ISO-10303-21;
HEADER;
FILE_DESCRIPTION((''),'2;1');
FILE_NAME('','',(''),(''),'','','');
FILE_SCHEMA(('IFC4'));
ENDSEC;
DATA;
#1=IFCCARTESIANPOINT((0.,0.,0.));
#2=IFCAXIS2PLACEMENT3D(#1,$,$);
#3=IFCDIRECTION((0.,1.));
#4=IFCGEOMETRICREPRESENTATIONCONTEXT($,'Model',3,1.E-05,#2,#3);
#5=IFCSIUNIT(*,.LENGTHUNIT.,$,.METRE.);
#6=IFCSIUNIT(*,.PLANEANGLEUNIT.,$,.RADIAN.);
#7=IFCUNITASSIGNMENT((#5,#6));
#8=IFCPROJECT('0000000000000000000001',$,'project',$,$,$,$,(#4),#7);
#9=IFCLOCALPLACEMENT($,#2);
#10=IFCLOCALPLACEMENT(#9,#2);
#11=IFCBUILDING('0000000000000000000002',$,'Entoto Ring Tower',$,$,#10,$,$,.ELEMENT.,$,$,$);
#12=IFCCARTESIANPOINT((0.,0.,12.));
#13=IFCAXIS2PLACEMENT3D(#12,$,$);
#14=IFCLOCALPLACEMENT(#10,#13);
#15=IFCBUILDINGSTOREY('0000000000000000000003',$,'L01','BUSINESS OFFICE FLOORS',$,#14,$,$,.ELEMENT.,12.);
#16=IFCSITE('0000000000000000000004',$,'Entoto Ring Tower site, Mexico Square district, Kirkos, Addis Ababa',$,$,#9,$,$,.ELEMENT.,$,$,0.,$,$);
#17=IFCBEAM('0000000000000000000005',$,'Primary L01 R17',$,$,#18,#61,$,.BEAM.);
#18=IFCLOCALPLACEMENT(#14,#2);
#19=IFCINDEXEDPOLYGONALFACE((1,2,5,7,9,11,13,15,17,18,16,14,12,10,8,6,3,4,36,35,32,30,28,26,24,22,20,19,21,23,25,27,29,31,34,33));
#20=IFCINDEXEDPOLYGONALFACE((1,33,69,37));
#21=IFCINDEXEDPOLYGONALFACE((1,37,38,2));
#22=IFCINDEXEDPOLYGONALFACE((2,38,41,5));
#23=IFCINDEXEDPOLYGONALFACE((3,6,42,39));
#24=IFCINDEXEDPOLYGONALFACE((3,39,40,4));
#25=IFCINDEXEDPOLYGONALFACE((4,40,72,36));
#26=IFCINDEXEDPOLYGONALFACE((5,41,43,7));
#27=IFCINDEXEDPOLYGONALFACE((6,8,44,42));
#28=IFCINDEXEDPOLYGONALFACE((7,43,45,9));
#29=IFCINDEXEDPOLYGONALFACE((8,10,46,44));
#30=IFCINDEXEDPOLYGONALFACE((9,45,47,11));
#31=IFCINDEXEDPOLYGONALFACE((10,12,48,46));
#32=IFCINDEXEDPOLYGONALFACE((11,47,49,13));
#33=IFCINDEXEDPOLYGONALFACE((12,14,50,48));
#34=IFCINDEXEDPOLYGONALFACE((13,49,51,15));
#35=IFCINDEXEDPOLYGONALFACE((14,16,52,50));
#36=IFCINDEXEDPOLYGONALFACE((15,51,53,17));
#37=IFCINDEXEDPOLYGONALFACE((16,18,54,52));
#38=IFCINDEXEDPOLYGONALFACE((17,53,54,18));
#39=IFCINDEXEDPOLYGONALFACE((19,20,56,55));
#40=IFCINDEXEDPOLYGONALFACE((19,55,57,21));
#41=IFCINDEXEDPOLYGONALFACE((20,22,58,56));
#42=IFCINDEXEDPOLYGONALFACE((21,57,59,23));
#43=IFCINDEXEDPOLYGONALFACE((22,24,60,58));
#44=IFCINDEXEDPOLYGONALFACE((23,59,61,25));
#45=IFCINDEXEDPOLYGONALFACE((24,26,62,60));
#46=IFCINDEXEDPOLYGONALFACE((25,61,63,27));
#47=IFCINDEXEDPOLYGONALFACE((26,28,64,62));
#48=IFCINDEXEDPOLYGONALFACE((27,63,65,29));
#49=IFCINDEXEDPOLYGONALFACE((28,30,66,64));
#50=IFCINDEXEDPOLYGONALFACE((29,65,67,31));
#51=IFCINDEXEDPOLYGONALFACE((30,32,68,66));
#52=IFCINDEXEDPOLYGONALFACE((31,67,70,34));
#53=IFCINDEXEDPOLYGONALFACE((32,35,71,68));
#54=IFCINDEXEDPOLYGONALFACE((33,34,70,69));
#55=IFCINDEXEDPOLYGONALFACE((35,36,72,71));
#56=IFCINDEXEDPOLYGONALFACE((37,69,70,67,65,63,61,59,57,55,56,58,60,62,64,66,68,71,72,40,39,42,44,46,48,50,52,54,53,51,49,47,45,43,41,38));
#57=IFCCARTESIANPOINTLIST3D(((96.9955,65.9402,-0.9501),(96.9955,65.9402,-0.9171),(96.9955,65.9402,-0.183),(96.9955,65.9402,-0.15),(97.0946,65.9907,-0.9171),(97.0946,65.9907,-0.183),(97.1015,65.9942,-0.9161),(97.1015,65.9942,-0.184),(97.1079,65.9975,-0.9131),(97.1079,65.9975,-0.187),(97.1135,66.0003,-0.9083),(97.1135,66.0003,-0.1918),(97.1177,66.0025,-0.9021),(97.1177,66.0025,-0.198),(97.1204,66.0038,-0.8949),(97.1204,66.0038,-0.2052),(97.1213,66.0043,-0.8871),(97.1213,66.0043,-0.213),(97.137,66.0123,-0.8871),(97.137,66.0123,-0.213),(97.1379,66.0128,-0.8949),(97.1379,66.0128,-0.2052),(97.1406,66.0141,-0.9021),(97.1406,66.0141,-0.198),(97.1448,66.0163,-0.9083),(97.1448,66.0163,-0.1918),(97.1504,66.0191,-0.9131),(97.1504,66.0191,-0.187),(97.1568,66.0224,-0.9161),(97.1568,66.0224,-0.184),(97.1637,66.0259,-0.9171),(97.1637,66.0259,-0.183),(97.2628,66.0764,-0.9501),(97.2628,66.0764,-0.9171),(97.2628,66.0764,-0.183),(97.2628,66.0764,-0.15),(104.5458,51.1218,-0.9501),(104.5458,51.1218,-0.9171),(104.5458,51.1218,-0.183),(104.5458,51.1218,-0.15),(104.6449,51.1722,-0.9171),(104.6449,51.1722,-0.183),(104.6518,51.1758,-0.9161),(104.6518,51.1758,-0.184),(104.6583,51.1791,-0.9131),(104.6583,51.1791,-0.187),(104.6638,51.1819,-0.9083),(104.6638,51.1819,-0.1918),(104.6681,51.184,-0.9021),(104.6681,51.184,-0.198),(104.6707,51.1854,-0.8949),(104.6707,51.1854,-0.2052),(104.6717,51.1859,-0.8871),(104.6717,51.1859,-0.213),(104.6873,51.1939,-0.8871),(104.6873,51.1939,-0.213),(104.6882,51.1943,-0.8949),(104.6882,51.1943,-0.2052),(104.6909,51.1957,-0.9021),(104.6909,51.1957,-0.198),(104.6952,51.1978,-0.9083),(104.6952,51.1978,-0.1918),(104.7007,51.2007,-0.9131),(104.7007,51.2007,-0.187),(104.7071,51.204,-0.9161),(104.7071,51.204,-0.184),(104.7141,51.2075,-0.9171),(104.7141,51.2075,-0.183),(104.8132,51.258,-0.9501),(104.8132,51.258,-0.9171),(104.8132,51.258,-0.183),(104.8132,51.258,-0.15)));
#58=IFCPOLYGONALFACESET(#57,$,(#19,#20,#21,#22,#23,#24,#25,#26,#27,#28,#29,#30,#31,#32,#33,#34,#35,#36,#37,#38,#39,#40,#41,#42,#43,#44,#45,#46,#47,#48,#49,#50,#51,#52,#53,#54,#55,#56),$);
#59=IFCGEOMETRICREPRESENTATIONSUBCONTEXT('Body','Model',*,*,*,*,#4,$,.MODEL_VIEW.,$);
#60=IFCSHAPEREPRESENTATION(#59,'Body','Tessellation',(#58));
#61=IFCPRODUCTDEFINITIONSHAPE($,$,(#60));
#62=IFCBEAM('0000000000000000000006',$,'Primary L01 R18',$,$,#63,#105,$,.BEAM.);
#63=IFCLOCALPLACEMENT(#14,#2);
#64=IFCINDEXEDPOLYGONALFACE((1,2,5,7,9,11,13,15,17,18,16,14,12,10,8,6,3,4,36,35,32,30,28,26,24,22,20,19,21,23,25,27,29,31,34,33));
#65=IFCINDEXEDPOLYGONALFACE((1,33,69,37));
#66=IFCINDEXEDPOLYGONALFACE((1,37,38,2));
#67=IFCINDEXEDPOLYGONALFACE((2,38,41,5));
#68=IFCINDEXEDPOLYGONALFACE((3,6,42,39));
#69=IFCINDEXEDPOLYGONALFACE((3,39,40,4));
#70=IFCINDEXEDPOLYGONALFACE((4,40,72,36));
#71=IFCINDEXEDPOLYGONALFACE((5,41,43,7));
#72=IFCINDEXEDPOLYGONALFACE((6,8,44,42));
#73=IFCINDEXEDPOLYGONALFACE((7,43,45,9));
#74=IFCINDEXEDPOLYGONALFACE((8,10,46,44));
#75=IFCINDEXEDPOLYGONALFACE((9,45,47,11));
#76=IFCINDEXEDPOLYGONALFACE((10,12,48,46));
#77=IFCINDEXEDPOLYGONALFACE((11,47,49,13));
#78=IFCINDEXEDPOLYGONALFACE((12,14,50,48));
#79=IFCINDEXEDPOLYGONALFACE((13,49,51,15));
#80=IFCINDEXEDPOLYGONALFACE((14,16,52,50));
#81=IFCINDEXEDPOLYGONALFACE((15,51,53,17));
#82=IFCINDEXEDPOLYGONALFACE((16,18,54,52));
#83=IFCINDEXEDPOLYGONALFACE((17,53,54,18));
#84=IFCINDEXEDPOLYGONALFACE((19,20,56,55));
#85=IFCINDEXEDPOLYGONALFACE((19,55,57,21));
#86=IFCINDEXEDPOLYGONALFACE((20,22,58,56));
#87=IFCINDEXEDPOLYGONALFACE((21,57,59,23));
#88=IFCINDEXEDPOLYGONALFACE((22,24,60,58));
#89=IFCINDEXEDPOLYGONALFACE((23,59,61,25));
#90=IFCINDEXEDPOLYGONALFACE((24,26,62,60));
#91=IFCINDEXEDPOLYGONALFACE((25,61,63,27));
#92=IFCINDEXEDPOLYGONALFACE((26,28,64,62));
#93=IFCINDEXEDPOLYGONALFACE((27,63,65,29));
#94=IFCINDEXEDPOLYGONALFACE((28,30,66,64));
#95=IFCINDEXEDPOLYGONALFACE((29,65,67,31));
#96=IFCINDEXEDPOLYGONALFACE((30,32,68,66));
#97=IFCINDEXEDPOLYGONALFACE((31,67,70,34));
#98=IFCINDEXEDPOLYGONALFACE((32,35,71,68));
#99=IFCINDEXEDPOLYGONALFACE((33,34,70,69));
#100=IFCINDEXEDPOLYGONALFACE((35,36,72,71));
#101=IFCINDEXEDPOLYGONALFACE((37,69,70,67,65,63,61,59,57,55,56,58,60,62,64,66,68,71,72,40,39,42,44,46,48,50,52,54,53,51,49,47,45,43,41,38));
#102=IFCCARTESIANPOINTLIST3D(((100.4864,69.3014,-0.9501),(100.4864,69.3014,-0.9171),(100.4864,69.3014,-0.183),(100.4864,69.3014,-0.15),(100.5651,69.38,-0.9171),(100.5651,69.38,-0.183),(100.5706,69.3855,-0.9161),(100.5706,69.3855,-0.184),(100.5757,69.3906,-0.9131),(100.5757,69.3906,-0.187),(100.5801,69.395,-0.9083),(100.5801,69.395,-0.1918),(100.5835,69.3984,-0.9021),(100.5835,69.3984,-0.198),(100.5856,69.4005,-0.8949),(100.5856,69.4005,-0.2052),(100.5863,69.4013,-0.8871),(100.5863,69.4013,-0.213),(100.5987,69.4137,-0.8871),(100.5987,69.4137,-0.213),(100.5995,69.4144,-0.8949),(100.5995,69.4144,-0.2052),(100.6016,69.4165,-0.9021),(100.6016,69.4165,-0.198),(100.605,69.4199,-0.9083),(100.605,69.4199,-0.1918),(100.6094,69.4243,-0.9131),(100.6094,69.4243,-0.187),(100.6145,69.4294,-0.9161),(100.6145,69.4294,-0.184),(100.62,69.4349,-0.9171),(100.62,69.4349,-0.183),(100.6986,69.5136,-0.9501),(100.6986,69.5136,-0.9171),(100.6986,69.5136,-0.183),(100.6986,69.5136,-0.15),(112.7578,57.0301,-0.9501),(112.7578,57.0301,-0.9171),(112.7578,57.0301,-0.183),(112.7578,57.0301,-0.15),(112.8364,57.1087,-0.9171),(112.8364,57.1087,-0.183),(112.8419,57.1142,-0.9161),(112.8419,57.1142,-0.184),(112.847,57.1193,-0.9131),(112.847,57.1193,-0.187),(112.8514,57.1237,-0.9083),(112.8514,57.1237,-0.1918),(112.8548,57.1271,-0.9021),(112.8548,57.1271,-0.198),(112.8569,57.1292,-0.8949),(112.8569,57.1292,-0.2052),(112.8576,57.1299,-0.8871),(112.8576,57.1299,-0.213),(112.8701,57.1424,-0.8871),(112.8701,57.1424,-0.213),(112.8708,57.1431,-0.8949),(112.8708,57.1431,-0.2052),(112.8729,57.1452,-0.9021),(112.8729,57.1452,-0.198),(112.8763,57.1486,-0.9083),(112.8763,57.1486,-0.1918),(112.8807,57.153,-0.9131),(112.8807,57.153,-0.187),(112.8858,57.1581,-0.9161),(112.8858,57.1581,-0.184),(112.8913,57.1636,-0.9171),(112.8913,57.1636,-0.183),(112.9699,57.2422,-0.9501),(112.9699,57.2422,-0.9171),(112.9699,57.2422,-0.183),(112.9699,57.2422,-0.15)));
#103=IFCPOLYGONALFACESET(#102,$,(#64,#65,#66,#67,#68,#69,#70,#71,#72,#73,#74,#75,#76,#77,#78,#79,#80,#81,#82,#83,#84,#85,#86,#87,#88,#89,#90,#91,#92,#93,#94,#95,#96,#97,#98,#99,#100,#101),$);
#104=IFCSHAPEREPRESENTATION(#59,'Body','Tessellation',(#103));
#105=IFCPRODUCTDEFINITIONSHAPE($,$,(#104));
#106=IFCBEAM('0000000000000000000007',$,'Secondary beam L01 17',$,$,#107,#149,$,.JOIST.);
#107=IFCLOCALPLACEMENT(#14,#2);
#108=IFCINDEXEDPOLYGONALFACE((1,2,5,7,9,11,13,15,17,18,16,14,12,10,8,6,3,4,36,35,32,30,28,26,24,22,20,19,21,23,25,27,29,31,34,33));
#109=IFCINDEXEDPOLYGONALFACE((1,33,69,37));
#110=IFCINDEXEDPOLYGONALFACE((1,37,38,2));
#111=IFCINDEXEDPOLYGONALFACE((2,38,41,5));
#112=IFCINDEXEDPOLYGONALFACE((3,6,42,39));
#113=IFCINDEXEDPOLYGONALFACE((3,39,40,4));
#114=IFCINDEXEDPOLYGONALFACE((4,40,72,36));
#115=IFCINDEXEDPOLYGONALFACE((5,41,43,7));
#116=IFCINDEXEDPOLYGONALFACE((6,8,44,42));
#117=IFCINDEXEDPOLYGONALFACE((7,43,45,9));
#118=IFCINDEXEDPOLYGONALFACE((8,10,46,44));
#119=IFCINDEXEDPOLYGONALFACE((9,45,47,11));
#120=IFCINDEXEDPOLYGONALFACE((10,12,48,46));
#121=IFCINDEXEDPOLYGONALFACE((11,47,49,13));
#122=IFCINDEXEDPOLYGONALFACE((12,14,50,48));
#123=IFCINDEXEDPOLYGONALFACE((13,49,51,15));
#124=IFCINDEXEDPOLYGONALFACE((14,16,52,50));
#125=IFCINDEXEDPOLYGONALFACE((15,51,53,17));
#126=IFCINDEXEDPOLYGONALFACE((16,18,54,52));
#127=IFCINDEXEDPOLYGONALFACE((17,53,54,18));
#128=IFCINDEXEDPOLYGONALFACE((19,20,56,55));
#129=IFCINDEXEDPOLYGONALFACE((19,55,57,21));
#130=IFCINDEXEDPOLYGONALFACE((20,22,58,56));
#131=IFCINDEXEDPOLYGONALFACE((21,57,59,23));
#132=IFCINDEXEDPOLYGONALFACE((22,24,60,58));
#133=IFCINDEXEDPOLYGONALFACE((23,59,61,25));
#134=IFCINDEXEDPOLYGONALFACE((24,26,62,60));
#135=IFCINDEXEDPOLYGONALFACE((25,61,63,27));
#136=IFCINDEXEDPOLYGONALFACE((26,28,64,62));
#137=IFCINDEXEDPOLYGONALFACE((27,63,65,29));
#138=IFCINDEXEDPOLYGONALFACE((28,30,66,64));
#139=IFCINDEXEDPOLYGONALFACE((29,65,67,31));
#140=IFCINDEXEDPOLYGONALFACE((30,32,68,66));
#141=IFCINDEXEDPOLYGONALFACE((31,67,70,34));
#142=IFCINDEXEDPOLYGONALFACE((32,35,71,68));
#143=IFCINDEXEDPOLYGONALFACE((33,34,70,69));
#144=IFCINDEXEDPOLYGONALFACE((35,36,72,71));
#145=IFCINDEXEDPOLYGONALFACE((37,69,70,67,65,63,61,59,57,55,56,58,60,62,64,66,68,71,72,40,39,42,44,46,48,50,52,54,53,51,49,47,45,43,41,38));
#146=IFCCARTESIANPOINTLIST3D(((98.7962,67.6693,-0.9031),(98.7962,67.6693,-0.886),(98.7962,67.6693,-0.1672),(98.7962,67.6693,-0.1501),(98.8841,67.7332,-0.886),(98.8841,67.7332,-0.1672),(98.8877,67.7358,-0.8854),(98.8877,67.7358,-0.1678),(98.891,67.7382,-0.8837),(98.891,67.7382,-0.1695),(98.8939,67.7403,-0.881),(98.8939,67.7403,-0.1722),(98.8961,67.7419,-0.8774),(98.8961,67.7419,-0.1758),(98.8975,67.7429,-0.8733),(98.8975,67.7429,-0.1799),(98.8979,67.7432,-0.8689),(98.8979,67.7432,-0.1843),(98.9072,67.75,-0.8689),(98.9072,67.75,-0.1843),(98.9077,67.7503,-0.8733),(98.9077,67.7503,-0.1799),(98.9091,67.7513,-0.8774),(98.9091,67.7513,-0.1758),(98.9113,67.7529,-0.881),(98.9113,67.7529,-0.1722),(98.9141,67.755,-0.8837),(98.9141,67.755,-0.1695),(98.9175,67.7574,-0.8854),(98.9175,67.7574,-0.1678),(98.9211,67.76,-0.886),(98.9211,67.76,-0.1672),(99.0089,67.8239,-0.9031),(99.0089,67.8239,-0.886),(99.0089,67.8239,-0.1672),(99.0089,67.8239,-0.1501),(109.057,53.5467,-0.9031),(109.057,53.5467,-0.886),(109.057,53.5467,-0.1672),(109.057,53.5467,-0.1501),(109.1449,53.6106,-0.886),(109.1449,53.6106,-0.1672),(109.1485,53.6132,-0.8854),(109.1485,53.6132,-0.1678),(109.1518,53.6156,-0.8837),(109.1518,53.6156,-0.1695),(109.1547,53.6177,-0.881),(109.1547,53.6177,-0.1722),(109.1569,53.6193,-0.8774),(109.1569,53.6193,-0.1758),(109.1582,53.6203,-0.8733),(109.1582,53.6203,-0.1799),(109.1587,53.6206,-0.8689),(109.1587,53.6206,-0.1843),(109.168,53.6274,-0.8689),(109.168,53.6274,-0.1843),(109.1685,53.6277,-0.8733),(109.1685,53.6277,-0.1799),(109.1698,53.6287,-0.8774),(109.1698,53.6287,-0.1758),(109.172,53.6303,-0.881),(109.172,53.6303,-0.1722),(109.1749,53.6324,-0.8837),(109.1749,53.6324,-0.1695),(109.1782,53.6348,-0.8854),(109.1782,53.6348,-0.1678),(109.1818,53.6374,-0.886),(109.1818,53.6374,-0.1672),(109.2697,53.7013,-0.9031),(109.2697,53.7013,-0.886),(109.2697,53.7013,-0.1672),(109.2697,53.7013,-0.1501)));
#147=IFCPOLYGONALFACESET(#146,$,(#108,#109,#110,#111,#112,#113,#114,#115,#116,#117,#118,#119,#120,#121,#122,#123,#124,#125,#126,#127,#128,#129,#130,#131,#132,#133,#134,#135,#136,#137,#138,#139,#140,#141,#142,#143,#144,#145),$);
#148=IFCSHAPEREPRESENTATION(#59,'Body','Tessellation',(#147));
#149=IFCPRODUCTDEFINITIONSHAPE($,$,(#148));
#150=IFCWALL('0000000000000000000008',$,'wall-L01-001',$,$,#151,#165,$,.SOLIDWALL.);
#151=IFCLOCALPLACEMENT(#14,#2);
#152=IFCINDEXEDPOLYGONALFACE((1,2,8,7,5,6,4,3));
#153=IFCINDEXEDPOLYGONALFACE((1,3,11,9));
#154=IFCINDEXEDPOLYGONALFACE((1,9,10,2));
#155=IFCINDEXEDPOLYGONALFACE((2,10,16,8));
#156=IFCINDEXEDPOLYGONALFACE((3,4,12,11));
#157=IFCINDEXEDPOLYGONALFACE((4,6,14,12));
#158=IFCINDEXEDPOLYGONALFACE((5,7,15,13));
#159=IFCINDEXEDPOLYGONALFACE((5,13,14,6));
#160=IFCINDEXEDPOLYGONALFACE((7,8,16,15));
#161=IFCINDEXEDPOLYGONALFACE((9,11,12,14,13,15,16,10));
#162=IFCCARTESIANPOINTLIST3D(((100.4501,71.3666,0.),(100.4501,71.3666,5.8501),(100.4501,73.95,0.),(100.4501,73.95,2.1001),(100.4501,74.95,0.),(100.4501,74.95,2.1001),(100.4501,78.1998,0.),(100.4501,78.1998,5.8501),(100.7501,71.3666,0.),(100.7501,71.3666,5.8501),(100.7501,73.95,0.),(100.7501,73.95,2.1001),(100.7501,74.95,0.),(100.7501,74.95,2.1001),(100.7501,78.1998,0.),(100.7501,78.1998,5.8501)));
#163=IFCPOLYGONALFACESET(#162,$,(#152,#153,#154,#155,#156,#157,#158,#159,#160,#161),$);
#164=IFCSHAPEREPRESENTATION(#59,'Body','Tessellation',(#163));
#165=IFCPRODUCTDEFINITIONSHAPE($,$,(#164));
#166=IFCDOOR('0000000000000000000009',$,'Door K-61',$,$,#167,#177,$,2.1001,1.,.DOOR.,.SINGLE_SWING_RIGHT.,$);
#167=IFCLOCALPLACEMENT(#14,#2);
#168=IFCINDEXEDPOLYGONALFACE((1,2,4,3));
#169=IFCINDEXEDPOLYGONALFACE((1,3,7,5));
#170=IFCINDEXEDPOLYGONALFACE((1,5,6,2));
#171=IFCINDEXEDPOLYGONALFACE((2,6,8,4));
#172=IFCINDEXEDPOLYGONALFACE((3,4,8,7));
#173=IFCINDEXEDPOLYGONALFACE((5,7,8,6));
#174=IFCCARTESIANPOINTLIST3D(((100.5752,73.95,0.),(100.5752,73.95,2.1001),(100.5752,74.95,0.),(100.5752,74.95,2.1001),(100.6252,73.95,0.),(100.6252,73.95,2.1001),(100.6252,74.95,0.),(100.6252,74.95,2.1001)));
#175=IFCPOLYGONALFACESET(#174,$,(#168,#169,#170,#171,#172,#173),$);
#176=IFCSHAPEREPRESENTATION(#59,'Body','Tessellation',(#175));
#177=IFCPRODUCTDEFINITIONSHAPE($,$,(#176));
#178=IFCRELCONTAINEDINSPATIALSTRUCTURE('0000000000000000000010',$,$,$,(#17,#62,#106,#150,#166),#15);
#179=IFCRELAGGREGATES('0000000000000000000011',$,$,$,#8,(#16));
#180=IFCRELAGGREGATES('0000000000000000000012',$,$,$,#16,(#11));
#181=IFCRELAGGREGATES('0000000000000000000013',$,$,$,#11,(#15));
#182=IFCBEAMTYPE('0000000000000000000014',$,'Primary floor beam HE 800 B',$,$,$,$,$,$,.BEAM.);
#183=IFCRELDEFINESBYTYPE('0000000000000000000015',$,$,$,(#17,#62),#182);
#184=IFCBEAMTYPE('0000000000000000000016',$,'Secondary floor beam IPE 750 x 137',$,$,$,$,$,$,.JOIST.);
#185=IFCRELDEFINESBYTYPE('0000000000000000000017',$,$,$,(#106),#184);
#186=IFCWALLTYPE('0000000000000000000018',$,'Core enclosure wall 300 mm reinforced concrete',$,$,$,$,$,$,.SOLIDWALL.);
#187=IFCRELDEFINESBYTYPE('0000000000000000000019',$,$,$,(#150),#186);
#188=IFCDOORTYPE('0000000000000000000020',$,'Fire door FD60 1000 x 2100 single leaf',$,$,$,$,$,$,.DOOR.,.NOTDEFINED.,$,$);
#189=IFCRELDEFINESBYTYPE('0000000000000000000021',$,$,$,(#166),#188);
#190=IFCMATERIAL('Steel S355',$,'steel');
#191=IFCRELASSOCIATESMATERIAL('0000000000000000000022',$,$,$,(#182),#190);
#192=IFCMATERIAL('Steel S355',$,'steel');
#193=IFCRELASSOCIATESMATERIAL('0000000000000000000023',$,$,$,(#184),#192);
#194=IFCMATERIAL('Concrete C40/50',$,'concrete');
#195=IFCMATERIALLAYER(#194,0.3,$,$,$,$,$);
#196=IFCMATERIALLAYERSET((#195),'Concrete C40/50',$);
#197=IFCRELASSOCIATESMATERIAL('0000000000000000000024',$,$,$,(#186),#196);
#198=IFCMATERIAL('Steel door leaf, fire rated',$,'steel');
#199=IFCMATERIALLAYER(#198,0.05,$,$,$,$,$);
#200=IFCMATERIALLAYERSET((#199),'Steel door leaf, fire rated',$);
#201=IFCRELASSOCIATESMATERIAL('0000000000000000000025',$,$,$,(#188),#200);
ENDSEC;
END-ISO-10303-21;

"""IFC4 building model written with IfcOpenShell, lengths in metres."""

from ifc_helpers import new_model, si_unit, direction, frame, frame_2d, origin, origin_2d, place, context, subcontext, project, spatial, rectangle, i_section, extrude, material, layer, layer_set, material_profile, profile_set, type_object, element, fill, save


model = new_model("IFC4")

# Units and contexts
model_context = context("Model", 3, precision=1e-05, world=origin(), true_north=direction((0.0, 1.0)))
body_context = subcontext(model_context, "Body", "Model", "MODEL_VIEW")
ifc_project = project(units=[si_unit("LENGTHUNIT", "METRE"), si_unit("PLANEANGLEUNIT", "RADIAN")], contexts=[model_context])

# Site, building, storey
site_placement = place(None, origin())
site = spatial("IfcSite", under=ifc_project, at=site_placement, Name="Entoto Ring Tower site, Mexico Square district, Kirkos, Addis Ababa", CompositionType="ELEMENT", RefElevation=0.0)
building_placement = place(site_placement, origin())
building = spatial("IfcBuilding", under=site, at=building_placement, Name="Entoto Ring Tower", CompositionType="ELEMENT")
storey_placement = place(building_placement, frame((0.0, 0.0, 12.0)))
storey = spatial("IfcBuildingStorey", under=building, at=storey_placement, Name="L01", Description="BUSINESS OFFICE FLOORS", CompositionType="ELEMENT", Elevation=12.0)

# Beams
ifc_material_1 = material(Name="Steel S355", Category="steel")
ifc_material_profile_1 = material_profile(ifc_material_1, i_section(OverallWidth=0.3, OverallDepth=0.8, WebThickness=0.0176, FlangeThickness=0.033, FilletRadius=0.03, at=origin_2d()), Name="HE 800 B")
ifc_profile_set_1 = profile_set([ifc_material_profile_1], Name="Steel S355")
beam_type_1 = type_object("IfcBeamType", Name="Primary floor beam HE 800 B", PredefinedType="BEAM", material=ifc_profile_set_1)
beam_1_placement = place(storey_placement, frame((97.1292, 66.0083, -0.55), z_axis=(0.453989, -0.891007, 0.0), x_axis=(0.891007, 0.453989, 0.0)))
element("IfcBeam", 1, at=beam_1_placement, inside=storey, type_object=beam_type_1, Name="Primary L01 R17", PredefinedType="BEAM", context=body_context, shape_type="SweptSolid", body=[
    extrude(i_section(OverallWidth=0.3, OverallDepth=0.8, WebThickness=0.0176, FlangeThickness=0.033, FilletRadius=0.03, at=origin_2d()), origin(), (0.0, 0.0, 1.0), 16.6311),
])
beam_2_placement = place(storey_placement, frame((100.5925, 69.4075, -0.55), z_axis=(0.707107, -0.707107, 0.0), x_axis=(0.707107, 0.707107, 0.0)))
element("IfcBeam", 2, at=beam_2_placement, inside=storey, type_object=beam_type_1, Name="Primary L01 R18", PredefinedType="BEAM", context=body_context, shape_type="SweptSolid", body=[
    extrude(i_section(OverallWidth=0.3, OverallDepth=0.8, WebThickness=0.0176, FlangeThickness=0.033, FilletRadius=0.03, at=origin_2d()), origin(), (0.0, 0.0, 1.0), 17.3542),
])
ifc_material_2 = material(Name="Steel S355", Category="steel")
ifc_material_profile_2 = material_profile(ifc_material_2, i_section(OverallWidth=0.2629, OverallDepth=0.7529, WebThickness=0.0115, FlangeThickness=0.0171, FilletRadius=0.0171, at=origin_2d()), Name="IPE 750 x 137")
ifc_profile_set_2 = profile_set([ifc_material_profile_2], Name="Steel S355")
beam_type_2 = type_object("IfcBeamType", Name="Secondary floor beam IPE 750 x 137", PredefinedType="JOIST", material=ifc_profile_set_2)
beam_3_placement = place(storey_placement, frame((98.9026, 67.7466, -0.5266), z_axis=(0.587789, -0.809014, 0.0), x_axis=(0.809014, 0.587789, 0.0)))
element("IfcBeam", 3, at=beam_3_placement, inside=storey, type_object=beam_type_2, Name="Secondary beam L01 17", PredefinedType="JOIST", context=body_context, shape_type="SweptSolid", body=[
    extrude(i_section(OverallWidth=0.2629, OverallDepth=0.7529, WebThickness=0.0115, FlangeThickness=0.0171, FilletRadius=0.0171, at=origin_2d()), origin(), (0.0, 0.0, 1.0), 17.4565),
])

# Wall, opening, door
ifc_material_3 = material(Name="Concrete C40/50", Category="concrete")
ifc_layer_1 = layer(ifc_material_3, 0.3)
ifc_layer_set_1 = layer_set([ifc_layer_1], Name="Concrete C40/50")
wall_type_1 = type_object("IfcWallType", Name="Core enclosure wall 300 mm reinforced concrete", PredefinedType="SOLIDWALL", material=ifc_layer_set_1)
wall_1_placement = place(storey_placement, frame((100.6001, 71.3667, 0.0), z_axis=(0.0, 0.0, 1.0), x_axis=(0.0, 1.0, 0.0)))
wall_1 = element("IfcWall", 4, at=wall_1_placement, inside=storey, type_object=wall_type_1, Name="wall-L01-001", PredefinedType="SOLIDWALL", context=body_context, shape_type="SweptSolid", body=[
    extrude(rectangle(XDim=6.8333, YDim=0.3, at=frame_2d((3.4165, 0.0))), origin(), (0.0, 0.0, 1.0), 5.8501),
])
opening_1_placement = place(wall_1_placement, frame((2.5833, 0.0, 0.0)))
opening_1 = element("IfcOpeningElement", 5, at=opening_1_placement, cuts=wall_1, PredefinedType="OPENING", context=body_context, shape_type="SweptSolid", body=[
    extrude(rectangle(XDim=1.0, YDim=2.1001, at=frame_2d((0.5, 1.05))), frame((0.0, 0.1602, 0.0), z_axis=(0.0, -1.0, 0.0), x_axis=(1.0, 0.0, 0.0)), (0.0, 0.0, 1.0), 0.3201),
])
ifc_material_4 = material(Name="Steel door leaf, fire rated", Category="steel")
ifc_layer_2 = layer(ifc_material_4, 0.05)
ifc_layer_set_2 = layer_set([ifc_layer_2], Name="Steel door leaf, fire rated")
door_type_1 = type_object("IfcDoorType", Name="Fire door FD60 1000 x 2100 single leaf", OperationType="NOTDEFINED", PredefinedType="DOOR", material=ifc_layer_set_2)
door_1_placement = place(opening_1_placement, origin())
door_1 = element("IfcDoor", 6, at=door_1_placement, inside=storey, type_object=door_type_1, Name="Door K-61", OperationType="SINGLE_SWING_RIGHT", OverallHeight=2.1001, OverallWidth=1.0, PredefinedType="DOOR", context=body_context, shape_type="SweptSolid", body=[
    extrude(rectangle(XDim=1.0, YDim=2.1001, at=frame_2d((0.5, 1.05))), frame((0.0, 0.0249, 0.0), z_axis=(0.0, -1.0, 0.0), x_axis=(1.0, 0.0, 0.0)), (0.0, 0.0, 1.0), 0.05),
])
fill(opening_1, door_1)

save(model, "model.ifc")
